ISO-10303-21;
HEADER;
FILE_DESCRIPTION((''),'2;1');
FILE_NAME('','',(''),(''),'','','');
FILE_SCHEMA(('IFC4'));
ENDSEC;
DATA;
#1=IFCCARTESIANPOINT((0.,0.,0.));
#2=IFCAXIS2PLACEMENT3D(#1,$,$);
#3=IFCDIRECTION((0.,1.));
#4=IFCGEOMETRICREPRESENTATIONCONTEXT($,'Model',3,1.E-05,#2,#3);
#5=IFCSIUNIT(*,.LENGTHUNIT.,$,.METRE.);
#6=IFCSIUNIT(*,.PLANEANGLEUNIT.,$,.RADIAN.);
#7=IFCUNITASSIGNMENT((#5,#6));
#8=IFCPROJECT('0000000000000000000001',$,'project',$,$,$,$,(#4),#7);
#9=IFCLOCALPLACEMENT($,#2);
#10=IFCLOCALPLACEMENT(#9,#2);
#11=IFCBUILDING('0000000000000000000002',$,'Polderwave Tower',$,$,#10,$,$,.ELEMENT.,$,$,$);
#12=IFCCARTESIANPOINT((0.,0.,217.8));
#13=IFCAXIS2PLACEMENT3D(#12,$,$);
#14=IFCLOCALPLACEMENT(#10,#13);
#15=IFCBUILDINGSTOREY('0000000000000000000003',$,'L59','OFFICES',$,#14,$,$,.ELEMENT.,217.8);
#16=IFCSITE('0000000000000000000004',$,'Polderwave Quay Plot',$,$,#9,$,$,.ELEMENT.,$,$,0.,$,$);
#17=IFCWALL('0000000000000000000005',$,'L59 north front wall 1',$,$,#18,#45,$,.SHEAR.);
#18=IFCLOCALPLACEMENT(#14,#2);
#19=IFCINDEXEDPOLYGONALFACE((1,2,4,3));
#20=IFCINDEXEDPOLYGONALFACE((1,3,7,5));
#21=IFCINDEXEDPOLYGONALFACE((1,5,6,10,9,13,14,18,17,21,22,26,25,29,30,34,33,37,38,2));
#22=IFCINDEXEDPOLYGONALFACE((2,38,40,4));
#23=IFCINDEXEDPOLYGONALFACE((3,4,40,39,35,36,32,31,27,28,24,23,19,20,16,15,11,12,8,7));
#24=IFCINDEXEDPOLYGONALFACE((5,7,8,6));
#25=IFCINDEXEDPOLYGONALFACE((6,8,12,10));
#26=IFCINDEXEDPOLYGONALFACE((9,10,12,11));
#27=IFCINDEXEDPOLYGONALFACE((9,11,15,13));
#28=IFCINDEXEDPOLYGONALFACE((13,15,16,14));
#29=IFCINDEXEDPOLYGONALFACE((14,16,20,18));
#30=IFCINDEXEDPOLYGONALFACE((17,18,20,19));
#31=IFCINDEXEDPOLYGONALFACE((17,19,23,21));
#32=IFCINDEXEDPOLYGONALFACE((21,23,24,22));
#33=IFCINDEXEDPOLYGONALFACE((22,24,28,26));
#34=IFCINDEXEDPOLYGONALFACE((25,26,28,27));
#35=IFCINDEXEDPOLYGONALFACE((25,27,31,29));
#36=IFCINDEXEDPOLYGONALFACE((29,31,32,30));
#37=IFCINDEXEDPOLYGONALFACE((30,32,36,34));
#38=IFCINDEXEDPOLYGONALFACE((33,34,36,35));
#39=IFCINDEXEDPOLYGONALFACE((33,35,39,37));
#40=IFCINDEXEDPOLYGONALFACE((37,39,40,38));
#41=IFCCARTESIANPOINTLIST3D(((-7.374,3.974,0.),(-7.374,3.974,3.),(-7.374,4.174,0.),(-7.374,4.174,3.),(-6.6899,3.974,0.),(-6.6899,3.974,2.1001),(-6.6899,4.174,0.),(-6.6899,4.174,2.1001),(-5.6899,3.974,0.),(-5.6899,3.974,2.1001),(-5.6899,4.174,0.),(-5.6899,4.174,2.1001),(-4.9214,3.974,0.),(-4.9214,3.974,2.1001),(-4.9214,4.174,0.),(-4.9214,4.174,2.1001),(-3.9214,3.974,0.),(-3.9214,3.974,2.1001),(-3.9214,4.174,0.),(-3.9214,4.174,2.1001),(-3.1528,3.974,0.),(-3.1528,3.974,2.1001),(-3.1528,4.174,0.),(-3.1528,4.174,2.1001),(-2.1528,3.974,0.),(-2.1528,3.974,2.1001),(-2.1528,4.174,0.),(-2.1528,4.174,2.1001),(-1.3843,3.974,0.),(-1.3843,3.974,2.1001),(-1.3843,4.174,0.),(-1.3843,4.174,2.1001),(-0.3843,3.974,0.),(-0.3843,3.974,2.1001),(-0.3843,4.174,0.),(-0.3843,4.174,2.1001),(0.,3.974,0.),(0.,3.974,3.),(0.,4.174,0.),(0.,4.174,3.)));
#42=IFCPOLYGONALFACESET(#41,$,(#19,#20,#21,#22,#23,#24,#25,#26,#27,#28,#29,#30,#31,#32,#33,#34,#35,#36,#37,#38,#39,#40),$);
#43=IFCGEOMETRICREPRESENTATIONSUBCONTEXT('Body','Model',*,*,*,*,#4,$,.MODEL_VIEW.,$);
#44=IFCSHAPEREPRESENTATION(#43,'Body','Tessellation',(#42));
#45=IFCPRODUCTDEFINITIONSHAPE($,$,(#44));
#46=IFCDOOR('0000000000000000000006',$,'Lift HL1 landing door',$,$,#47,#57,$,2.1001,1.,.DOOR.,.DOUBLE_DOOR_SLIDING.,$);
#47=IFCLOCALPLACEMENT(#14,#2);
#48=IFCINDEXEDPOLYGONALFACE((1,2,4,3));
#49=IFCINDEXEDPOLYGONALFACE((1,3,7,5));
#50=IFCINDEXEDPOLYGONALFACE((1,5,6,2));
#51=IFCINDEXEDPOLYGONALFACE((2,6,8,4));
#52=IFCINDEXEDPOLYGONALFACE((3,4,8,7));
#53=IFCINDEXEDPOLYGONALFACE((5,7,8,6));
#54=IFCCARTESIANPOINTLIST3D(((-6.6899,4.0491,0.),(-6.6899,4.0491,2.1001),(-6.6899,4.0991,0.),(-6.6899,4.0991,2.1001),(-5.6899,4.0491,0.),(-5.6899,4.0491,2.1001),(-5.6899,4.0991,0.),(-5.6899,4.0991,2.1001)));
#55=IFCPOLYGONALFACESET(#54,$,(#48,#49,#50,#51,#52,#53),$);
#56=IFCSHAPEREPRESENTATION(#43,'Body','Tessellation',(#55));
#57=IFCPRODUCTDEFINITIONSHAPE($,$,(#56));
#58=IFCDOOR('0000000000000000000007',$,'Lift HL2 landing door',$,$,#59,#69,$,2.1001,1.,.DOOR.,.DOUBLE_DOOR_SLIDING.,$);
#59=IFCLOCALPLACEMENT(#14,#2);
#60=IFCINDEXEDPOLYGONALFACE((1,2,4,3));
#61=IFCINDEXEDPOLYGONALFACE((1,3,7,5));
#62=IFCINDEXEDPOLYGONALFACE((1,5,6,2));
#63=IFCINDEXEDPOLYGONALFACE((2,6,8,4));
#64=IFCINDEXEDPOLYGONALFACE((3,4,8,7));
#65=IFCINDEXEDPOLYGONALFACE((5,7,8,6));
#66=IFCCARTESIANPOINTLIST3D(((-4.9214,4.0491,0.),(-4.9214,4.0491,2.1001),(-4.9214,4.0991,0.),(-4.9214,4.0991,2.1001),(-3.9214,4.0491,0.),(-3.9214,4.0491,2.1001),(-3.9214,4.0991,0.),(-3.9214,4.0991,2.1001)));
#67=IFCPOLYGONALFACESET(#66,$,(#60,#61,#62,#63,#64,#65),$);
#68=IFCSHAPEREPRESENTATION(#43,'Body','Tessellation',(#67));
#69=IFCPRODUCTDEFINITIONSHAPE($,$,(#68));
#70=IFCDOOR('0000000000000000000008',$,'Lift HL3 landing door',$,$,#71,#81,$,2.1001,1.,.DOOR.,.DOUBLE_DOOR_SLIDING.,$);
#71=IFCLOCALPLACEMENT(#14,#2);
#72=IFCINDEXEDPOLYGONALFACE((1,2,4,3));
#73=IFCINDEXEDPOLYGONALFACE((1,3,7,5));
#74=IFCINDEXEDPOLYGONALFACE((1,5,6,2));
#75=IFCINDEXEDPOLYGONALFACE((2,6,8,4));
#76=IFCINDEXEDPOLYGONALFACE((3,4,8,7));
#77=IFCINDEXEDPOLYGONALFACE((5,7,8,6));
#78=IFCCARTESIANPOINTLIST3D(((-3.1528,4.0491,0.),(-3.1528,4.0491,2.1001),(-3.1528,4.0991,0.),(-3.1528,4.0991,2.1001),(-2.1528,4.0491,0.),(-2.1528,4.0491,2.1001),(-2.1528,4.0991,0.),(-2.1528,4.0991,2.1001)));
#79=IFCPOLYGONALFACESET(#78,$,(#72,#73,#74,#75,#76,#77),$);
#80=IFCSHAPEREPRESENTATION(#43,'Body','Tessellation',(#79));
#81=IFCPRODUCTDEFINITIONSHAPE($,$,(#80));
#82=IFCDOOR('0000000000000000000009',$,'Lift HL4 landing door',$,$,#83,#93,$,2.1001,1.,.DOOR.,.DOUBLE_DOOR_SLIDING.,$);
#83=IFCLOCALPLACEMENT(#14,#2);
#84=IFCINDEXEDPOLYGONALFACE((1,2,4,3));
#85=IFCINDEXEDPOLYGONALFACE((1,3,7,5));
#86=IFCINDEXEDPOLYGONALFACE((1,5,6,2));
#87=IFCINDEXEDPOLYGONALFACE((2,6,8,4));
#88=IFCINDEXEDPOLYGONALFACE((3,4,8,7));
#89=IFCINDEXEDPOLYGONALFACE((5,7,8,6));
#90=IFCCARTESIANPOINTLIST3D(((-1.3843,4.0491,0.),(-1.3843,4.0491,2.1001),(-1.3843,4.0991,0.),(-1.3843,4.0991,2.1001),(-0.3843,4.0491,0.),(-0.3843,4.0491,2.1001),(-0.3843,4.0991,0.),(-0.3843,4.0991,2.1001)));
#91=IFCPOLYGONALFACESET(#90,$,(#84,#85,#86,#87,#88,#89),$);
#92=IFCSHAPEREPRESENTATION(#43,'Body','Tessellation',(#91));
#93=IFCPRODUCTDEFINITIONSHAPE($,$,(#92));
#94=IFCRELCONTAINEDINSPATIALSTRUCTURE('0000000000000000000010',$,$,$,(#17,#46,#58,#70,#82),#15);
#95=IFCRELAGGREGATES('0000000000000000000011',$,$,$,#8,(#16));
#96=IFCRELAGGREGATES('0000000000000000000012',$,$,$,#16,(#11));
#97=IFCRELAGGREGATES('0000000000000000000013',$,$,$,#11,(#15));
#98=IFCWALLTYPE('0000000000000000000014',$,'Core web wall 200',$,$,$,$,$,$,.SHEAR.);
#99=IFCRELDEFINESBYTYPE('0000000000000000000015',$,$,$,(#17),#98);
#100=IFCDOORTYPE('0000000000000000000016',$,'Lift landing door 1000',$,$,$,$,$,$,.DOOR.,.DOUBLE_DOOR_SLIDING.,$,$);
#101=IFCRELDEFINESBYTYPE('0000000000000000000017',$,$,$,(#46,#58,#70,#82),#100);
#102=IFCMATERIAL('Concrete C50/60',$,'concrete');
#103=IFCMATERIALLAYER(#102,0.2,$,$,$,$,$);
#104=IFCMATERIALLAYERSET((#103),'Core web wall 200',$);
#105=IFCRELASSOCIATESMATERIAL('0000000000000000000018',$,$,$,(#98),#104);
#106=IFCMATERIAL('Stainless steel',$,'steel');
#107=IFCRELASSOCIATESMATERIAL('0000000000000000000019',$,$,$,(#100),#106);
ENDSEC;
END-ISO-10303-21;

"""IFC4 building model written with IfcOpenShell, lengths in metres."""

from ifc_helpers import new_model, si_unit, direction, frame, frame_2d, origin, place, context, subcontext, project, spatial, rectangle, extrude, material, layer, layer_set, type_object, element, fill, save


model = new_model("IFC4")

# Units and contexts
model_context = context("Model", 3, precision=1e-05, world=origin(), true_north=direction((0.0, 1.0)))
body_context = subcontext(model_context, "Body", "Model", "MODEL_VIEW")
ifc_project = project(units=[si_unit("LENGTHUNIT", "METRE"), si_unit("PLANEANGLEUNIT", "RADIAN")], contexts=[model_context])

# Site, building, storey
site_placement = place(None, origin())
site = spatial("IfcSite", under=ifc_project, at=site_placement, Name="Polderwave Quay Plot", CompositionType="ELEMENT", RefElevation=0.0)
building_placement = place(site_placement, origin())
building = spatial("IfcBuilding", under=site, at=building_placement, Name="Polderwave Tower", CompositionType="ELEMENT")
storey_placement = place(building_placement, frame((0.0, 0.0, 217.8)))
storey = spatial("IfcBuildingStorey", under=building, at=storey_placement, Name="L59", Description="OFFICES", CompositionType="ELEMENT", Elevation=217.8)

# Wall, openings, doors
ifc_material_1 = material(Name="Concrete C50/60", Category="concrete")
ifc_layer_1 = layer(ifc_material_1, 0.2)
ifc_layer_set_1 = layer_set([ifc_layer_1], Name="Core web wall 200")
wall_type_1 = type_object("IfcWallType", Name="Core web wall 200", PredefinedType="SHEAR", material=ifc_layer_set_1)
wall_1_placement = place(storey_placement, frame((-7.374, 4.074, 0.0), z_axis=(0.0, 0.0, 1.0), x_axis=(1.0, 0.0, 0.0)))
wall_1 = element("IfcWall", 1, at=wall_1_placement, inside=storey, type_object=wall_type_1, Name="L59 north front wall 1", PredefinedType="SHEAR", context=body_context, shape_type="SweptSolid", body=[
    extrude(rectangle(XDim=7.374, YDim=0.2, at=frame_2d((3.687, 0.0))), origin(), (0.0, 0.0, 1.0), 3.0),
])
opening_1_placement = place(wall_1_placement, frame((0.6841, 0.0, 0.0)))
opening_1 = element("IfcOpeningElement", 2, at=opening_1_placement, cuts=wall_1, PredefinedType="OPENING", context=body_context, shape_type="SweptSolid", body=[
    extrude(rectangle(XDim=1.0, YDim=2.1001, at=frame_2d((0.5, 1.05))), frame((0.0, 0.1099, 0.0), z_axis=(0.0, -1.0, 0.0), x_axis=(1.0, 0.0, 0.0)), (0.0, 0.0, 1.0), 0.22),
])
opening_2_placement = place(wall_1_placement, frame((2.4526, 0.0, 0.0)))
opening_2 = element("IfcOpeningElement", 3, at=opening_2_placement, cuts=wall_1, PredefinedType="OPENING", context=body_context, shape_type="SweptSolid", body=[
    extrude(rectangle(XDim=1.0, YDim=2.1001, at=frame_2d((0.5, 1.05))), frame((0.0, 0.1099, 0.0), z_axis=(0.0, -1.0, 0.0), x_axis=(1.0, 0.0, 0.0)), (0.0, 0.0, 1.0), 0.22),
])
opening_3_placement = place(wall_1_placement, frame((4.2212, 0.0, 0.0)))
opening_3 = element("IfcOpeningElement", 4, at=opening_3_placement, cuts=wall_1, PredefinedType="OPENING", context=body_context, shape_type="SweptSolid", body=[
    extrude(rectangle(XDim=1.0, YDim=2.1001, at=frame_2d((0.5, 1.05))), frame((0.0, 0.1099, 0.0), z_axis=(0.0, -1.0, 0.0), x_axis=(1.0, 0.0, 0.0)), (0.0, 0.0, 1.0), 0.22),
])
opening_4_placement = place(wall_1_placement, frame((5.9897, 0.0, 0.0)))
opening_4 = element("IfcOpeningElement", 5, at=opening_4_placement, cuts=wall_1, PredefinedType="OPENING", context=body_context, shape_type="SweptSolid", body=[
    extrude(rectangle(XDim=1.0, YDim=2.1001, at=frame_2d((0.5, 1.05))), frame((0.0, 0.1099, 0.0), z_axis=(0.0, -1.0, 0.0), x_axis=(1.0, 0.0, 0.0)), (0.0, 0.0, 1.0), 0.22),
])
ifc_material_2 = material(Name="Stainless steel", Category="steel")
door_type_1 = type_object("IfcDoorType", Name="Lift landing door 1000", OperationType="DOUBLE_DOOR_SLIDING", PredefinedType="DOOR", material=ifc_material_2)
door_1_placement = place(opening_1_placement, frame((1.0, 0.0, 0.0), z_axis=(0.0, 0.0, 1.0), x_axis=(-1.0, 0.0, 0.0)))
door_1 = element("IfcDoor", 6, at=door_1_placement, inside=storey, type_object=door_type_1, Name="Lift HL1 landing door", OperationType="DOUBLE_DOOR_SLIDING", OverallHeight=2.1001, OverallWidth=1.0, PredefinedType="DOOR", context=body_context, shape_type="SweptSolid", body=[
    extrude(rectangle(XDim=1.0, YDim=2.1001, at=frame_2d((0.5, 1.05))), frame((0.0, 0.0249, 0.0), z_axis=(0.0, -1.0, 0.0), x_axis=(1.0, 0.0, 0.0)), (0.0, 0.0, 1.0), 0.05),
])
fill(opening_1, door_1)
door_2_placement = place(opening_2_placement, frame((1.0, 0.0, 0.0), z_axis=(0.0, 0.0, 1.0), x_axis=(-1.0, 0.0, 0.0)))
door_2 = element("IfcDoor", 7, at=door_2_placement, inside=storey, type_object=door_type_1, Name="Lift HL2 landing door", OperationType="DOUBLE_DOOR_SLIDING", OverallHeight=2.1001, OverallWidth=1.0, PredefinedType="DOOR", context=body_context, shape_type="SweptSolid", body=[
    extrude(rectangle(XDim=1.0, YDim=2.1001, at=frame_2d((0.5, 1.05))), frame((0.0, 0.0249, 0.0), z_axis=(0.0, -1.0, 0.0), x_axis=(1.0, 0.0, 0.0)), (0.0, 0.0, 1.0), 0.05),
])
fill(opening_2, door_2)
door_3_placement = place(opening_3_placement, frame((1.0, 0.0, 0.0), z_axis=(0.0, 0.0, 1.0), x_axis=(-1.0, 0.0, 0.0)))
door_3 = element("IfcDoor", 8, at=door_3_placement, inside=storey, type_object=door_type_1, Name="Lift HL3 landing door", OperationType="DOUBLE_DOOR_SLIDING", OverallHeight=2.1001, OverallWidth=1.0, PredefinedType="DOOR", context=body_context, shape_type="SweptSolid", body=[
    extrude(rectangle(XDim=1.0, YDim=2.1001, at=frame_2d((0.5, 1.05))), frame((0.0, 0.0249, 0.0), z_axis=(0.0, -1.0, 0.0), x_axis=(1.0, 0.0, 0.0)), (0.0, 0.0, 1.0), 0.05),
])
fill(opening_3, door_3)
door_4_placement = place(opening_4_placement, frame((1.0, 0.0, 0.0), z_axis=(0.0, 0.0, 1.0), x_axis=(-1.0, 0.0, 0.0)))
door_4 = element("IfcDoor", 9, at=door_4_placement, inside=storey, type_object=door_type_1, Name="Lift HL4 landing door", OperationType="DOUBLE_DOOR_SLIDING", OverallHeight=2.1001, OverallWidth=1.0, PredefinedType="DOOR", context=body_context, shape_type="SweptSolid", body=[
    extrude(rectangle(XDim=1.0, YDim=2.1001, at=frame_2d((0.5, 1.05))), frame((0.0, 0.0249, 0.0), z_axis=(0.0, -1.0, 0.0), x_axis=(1.0, 0.0, 0.0)), (0.0, 0.0, 1.0), 0.05),
])
fill(opening_4, door_4)

save(model, "model.ifc")
